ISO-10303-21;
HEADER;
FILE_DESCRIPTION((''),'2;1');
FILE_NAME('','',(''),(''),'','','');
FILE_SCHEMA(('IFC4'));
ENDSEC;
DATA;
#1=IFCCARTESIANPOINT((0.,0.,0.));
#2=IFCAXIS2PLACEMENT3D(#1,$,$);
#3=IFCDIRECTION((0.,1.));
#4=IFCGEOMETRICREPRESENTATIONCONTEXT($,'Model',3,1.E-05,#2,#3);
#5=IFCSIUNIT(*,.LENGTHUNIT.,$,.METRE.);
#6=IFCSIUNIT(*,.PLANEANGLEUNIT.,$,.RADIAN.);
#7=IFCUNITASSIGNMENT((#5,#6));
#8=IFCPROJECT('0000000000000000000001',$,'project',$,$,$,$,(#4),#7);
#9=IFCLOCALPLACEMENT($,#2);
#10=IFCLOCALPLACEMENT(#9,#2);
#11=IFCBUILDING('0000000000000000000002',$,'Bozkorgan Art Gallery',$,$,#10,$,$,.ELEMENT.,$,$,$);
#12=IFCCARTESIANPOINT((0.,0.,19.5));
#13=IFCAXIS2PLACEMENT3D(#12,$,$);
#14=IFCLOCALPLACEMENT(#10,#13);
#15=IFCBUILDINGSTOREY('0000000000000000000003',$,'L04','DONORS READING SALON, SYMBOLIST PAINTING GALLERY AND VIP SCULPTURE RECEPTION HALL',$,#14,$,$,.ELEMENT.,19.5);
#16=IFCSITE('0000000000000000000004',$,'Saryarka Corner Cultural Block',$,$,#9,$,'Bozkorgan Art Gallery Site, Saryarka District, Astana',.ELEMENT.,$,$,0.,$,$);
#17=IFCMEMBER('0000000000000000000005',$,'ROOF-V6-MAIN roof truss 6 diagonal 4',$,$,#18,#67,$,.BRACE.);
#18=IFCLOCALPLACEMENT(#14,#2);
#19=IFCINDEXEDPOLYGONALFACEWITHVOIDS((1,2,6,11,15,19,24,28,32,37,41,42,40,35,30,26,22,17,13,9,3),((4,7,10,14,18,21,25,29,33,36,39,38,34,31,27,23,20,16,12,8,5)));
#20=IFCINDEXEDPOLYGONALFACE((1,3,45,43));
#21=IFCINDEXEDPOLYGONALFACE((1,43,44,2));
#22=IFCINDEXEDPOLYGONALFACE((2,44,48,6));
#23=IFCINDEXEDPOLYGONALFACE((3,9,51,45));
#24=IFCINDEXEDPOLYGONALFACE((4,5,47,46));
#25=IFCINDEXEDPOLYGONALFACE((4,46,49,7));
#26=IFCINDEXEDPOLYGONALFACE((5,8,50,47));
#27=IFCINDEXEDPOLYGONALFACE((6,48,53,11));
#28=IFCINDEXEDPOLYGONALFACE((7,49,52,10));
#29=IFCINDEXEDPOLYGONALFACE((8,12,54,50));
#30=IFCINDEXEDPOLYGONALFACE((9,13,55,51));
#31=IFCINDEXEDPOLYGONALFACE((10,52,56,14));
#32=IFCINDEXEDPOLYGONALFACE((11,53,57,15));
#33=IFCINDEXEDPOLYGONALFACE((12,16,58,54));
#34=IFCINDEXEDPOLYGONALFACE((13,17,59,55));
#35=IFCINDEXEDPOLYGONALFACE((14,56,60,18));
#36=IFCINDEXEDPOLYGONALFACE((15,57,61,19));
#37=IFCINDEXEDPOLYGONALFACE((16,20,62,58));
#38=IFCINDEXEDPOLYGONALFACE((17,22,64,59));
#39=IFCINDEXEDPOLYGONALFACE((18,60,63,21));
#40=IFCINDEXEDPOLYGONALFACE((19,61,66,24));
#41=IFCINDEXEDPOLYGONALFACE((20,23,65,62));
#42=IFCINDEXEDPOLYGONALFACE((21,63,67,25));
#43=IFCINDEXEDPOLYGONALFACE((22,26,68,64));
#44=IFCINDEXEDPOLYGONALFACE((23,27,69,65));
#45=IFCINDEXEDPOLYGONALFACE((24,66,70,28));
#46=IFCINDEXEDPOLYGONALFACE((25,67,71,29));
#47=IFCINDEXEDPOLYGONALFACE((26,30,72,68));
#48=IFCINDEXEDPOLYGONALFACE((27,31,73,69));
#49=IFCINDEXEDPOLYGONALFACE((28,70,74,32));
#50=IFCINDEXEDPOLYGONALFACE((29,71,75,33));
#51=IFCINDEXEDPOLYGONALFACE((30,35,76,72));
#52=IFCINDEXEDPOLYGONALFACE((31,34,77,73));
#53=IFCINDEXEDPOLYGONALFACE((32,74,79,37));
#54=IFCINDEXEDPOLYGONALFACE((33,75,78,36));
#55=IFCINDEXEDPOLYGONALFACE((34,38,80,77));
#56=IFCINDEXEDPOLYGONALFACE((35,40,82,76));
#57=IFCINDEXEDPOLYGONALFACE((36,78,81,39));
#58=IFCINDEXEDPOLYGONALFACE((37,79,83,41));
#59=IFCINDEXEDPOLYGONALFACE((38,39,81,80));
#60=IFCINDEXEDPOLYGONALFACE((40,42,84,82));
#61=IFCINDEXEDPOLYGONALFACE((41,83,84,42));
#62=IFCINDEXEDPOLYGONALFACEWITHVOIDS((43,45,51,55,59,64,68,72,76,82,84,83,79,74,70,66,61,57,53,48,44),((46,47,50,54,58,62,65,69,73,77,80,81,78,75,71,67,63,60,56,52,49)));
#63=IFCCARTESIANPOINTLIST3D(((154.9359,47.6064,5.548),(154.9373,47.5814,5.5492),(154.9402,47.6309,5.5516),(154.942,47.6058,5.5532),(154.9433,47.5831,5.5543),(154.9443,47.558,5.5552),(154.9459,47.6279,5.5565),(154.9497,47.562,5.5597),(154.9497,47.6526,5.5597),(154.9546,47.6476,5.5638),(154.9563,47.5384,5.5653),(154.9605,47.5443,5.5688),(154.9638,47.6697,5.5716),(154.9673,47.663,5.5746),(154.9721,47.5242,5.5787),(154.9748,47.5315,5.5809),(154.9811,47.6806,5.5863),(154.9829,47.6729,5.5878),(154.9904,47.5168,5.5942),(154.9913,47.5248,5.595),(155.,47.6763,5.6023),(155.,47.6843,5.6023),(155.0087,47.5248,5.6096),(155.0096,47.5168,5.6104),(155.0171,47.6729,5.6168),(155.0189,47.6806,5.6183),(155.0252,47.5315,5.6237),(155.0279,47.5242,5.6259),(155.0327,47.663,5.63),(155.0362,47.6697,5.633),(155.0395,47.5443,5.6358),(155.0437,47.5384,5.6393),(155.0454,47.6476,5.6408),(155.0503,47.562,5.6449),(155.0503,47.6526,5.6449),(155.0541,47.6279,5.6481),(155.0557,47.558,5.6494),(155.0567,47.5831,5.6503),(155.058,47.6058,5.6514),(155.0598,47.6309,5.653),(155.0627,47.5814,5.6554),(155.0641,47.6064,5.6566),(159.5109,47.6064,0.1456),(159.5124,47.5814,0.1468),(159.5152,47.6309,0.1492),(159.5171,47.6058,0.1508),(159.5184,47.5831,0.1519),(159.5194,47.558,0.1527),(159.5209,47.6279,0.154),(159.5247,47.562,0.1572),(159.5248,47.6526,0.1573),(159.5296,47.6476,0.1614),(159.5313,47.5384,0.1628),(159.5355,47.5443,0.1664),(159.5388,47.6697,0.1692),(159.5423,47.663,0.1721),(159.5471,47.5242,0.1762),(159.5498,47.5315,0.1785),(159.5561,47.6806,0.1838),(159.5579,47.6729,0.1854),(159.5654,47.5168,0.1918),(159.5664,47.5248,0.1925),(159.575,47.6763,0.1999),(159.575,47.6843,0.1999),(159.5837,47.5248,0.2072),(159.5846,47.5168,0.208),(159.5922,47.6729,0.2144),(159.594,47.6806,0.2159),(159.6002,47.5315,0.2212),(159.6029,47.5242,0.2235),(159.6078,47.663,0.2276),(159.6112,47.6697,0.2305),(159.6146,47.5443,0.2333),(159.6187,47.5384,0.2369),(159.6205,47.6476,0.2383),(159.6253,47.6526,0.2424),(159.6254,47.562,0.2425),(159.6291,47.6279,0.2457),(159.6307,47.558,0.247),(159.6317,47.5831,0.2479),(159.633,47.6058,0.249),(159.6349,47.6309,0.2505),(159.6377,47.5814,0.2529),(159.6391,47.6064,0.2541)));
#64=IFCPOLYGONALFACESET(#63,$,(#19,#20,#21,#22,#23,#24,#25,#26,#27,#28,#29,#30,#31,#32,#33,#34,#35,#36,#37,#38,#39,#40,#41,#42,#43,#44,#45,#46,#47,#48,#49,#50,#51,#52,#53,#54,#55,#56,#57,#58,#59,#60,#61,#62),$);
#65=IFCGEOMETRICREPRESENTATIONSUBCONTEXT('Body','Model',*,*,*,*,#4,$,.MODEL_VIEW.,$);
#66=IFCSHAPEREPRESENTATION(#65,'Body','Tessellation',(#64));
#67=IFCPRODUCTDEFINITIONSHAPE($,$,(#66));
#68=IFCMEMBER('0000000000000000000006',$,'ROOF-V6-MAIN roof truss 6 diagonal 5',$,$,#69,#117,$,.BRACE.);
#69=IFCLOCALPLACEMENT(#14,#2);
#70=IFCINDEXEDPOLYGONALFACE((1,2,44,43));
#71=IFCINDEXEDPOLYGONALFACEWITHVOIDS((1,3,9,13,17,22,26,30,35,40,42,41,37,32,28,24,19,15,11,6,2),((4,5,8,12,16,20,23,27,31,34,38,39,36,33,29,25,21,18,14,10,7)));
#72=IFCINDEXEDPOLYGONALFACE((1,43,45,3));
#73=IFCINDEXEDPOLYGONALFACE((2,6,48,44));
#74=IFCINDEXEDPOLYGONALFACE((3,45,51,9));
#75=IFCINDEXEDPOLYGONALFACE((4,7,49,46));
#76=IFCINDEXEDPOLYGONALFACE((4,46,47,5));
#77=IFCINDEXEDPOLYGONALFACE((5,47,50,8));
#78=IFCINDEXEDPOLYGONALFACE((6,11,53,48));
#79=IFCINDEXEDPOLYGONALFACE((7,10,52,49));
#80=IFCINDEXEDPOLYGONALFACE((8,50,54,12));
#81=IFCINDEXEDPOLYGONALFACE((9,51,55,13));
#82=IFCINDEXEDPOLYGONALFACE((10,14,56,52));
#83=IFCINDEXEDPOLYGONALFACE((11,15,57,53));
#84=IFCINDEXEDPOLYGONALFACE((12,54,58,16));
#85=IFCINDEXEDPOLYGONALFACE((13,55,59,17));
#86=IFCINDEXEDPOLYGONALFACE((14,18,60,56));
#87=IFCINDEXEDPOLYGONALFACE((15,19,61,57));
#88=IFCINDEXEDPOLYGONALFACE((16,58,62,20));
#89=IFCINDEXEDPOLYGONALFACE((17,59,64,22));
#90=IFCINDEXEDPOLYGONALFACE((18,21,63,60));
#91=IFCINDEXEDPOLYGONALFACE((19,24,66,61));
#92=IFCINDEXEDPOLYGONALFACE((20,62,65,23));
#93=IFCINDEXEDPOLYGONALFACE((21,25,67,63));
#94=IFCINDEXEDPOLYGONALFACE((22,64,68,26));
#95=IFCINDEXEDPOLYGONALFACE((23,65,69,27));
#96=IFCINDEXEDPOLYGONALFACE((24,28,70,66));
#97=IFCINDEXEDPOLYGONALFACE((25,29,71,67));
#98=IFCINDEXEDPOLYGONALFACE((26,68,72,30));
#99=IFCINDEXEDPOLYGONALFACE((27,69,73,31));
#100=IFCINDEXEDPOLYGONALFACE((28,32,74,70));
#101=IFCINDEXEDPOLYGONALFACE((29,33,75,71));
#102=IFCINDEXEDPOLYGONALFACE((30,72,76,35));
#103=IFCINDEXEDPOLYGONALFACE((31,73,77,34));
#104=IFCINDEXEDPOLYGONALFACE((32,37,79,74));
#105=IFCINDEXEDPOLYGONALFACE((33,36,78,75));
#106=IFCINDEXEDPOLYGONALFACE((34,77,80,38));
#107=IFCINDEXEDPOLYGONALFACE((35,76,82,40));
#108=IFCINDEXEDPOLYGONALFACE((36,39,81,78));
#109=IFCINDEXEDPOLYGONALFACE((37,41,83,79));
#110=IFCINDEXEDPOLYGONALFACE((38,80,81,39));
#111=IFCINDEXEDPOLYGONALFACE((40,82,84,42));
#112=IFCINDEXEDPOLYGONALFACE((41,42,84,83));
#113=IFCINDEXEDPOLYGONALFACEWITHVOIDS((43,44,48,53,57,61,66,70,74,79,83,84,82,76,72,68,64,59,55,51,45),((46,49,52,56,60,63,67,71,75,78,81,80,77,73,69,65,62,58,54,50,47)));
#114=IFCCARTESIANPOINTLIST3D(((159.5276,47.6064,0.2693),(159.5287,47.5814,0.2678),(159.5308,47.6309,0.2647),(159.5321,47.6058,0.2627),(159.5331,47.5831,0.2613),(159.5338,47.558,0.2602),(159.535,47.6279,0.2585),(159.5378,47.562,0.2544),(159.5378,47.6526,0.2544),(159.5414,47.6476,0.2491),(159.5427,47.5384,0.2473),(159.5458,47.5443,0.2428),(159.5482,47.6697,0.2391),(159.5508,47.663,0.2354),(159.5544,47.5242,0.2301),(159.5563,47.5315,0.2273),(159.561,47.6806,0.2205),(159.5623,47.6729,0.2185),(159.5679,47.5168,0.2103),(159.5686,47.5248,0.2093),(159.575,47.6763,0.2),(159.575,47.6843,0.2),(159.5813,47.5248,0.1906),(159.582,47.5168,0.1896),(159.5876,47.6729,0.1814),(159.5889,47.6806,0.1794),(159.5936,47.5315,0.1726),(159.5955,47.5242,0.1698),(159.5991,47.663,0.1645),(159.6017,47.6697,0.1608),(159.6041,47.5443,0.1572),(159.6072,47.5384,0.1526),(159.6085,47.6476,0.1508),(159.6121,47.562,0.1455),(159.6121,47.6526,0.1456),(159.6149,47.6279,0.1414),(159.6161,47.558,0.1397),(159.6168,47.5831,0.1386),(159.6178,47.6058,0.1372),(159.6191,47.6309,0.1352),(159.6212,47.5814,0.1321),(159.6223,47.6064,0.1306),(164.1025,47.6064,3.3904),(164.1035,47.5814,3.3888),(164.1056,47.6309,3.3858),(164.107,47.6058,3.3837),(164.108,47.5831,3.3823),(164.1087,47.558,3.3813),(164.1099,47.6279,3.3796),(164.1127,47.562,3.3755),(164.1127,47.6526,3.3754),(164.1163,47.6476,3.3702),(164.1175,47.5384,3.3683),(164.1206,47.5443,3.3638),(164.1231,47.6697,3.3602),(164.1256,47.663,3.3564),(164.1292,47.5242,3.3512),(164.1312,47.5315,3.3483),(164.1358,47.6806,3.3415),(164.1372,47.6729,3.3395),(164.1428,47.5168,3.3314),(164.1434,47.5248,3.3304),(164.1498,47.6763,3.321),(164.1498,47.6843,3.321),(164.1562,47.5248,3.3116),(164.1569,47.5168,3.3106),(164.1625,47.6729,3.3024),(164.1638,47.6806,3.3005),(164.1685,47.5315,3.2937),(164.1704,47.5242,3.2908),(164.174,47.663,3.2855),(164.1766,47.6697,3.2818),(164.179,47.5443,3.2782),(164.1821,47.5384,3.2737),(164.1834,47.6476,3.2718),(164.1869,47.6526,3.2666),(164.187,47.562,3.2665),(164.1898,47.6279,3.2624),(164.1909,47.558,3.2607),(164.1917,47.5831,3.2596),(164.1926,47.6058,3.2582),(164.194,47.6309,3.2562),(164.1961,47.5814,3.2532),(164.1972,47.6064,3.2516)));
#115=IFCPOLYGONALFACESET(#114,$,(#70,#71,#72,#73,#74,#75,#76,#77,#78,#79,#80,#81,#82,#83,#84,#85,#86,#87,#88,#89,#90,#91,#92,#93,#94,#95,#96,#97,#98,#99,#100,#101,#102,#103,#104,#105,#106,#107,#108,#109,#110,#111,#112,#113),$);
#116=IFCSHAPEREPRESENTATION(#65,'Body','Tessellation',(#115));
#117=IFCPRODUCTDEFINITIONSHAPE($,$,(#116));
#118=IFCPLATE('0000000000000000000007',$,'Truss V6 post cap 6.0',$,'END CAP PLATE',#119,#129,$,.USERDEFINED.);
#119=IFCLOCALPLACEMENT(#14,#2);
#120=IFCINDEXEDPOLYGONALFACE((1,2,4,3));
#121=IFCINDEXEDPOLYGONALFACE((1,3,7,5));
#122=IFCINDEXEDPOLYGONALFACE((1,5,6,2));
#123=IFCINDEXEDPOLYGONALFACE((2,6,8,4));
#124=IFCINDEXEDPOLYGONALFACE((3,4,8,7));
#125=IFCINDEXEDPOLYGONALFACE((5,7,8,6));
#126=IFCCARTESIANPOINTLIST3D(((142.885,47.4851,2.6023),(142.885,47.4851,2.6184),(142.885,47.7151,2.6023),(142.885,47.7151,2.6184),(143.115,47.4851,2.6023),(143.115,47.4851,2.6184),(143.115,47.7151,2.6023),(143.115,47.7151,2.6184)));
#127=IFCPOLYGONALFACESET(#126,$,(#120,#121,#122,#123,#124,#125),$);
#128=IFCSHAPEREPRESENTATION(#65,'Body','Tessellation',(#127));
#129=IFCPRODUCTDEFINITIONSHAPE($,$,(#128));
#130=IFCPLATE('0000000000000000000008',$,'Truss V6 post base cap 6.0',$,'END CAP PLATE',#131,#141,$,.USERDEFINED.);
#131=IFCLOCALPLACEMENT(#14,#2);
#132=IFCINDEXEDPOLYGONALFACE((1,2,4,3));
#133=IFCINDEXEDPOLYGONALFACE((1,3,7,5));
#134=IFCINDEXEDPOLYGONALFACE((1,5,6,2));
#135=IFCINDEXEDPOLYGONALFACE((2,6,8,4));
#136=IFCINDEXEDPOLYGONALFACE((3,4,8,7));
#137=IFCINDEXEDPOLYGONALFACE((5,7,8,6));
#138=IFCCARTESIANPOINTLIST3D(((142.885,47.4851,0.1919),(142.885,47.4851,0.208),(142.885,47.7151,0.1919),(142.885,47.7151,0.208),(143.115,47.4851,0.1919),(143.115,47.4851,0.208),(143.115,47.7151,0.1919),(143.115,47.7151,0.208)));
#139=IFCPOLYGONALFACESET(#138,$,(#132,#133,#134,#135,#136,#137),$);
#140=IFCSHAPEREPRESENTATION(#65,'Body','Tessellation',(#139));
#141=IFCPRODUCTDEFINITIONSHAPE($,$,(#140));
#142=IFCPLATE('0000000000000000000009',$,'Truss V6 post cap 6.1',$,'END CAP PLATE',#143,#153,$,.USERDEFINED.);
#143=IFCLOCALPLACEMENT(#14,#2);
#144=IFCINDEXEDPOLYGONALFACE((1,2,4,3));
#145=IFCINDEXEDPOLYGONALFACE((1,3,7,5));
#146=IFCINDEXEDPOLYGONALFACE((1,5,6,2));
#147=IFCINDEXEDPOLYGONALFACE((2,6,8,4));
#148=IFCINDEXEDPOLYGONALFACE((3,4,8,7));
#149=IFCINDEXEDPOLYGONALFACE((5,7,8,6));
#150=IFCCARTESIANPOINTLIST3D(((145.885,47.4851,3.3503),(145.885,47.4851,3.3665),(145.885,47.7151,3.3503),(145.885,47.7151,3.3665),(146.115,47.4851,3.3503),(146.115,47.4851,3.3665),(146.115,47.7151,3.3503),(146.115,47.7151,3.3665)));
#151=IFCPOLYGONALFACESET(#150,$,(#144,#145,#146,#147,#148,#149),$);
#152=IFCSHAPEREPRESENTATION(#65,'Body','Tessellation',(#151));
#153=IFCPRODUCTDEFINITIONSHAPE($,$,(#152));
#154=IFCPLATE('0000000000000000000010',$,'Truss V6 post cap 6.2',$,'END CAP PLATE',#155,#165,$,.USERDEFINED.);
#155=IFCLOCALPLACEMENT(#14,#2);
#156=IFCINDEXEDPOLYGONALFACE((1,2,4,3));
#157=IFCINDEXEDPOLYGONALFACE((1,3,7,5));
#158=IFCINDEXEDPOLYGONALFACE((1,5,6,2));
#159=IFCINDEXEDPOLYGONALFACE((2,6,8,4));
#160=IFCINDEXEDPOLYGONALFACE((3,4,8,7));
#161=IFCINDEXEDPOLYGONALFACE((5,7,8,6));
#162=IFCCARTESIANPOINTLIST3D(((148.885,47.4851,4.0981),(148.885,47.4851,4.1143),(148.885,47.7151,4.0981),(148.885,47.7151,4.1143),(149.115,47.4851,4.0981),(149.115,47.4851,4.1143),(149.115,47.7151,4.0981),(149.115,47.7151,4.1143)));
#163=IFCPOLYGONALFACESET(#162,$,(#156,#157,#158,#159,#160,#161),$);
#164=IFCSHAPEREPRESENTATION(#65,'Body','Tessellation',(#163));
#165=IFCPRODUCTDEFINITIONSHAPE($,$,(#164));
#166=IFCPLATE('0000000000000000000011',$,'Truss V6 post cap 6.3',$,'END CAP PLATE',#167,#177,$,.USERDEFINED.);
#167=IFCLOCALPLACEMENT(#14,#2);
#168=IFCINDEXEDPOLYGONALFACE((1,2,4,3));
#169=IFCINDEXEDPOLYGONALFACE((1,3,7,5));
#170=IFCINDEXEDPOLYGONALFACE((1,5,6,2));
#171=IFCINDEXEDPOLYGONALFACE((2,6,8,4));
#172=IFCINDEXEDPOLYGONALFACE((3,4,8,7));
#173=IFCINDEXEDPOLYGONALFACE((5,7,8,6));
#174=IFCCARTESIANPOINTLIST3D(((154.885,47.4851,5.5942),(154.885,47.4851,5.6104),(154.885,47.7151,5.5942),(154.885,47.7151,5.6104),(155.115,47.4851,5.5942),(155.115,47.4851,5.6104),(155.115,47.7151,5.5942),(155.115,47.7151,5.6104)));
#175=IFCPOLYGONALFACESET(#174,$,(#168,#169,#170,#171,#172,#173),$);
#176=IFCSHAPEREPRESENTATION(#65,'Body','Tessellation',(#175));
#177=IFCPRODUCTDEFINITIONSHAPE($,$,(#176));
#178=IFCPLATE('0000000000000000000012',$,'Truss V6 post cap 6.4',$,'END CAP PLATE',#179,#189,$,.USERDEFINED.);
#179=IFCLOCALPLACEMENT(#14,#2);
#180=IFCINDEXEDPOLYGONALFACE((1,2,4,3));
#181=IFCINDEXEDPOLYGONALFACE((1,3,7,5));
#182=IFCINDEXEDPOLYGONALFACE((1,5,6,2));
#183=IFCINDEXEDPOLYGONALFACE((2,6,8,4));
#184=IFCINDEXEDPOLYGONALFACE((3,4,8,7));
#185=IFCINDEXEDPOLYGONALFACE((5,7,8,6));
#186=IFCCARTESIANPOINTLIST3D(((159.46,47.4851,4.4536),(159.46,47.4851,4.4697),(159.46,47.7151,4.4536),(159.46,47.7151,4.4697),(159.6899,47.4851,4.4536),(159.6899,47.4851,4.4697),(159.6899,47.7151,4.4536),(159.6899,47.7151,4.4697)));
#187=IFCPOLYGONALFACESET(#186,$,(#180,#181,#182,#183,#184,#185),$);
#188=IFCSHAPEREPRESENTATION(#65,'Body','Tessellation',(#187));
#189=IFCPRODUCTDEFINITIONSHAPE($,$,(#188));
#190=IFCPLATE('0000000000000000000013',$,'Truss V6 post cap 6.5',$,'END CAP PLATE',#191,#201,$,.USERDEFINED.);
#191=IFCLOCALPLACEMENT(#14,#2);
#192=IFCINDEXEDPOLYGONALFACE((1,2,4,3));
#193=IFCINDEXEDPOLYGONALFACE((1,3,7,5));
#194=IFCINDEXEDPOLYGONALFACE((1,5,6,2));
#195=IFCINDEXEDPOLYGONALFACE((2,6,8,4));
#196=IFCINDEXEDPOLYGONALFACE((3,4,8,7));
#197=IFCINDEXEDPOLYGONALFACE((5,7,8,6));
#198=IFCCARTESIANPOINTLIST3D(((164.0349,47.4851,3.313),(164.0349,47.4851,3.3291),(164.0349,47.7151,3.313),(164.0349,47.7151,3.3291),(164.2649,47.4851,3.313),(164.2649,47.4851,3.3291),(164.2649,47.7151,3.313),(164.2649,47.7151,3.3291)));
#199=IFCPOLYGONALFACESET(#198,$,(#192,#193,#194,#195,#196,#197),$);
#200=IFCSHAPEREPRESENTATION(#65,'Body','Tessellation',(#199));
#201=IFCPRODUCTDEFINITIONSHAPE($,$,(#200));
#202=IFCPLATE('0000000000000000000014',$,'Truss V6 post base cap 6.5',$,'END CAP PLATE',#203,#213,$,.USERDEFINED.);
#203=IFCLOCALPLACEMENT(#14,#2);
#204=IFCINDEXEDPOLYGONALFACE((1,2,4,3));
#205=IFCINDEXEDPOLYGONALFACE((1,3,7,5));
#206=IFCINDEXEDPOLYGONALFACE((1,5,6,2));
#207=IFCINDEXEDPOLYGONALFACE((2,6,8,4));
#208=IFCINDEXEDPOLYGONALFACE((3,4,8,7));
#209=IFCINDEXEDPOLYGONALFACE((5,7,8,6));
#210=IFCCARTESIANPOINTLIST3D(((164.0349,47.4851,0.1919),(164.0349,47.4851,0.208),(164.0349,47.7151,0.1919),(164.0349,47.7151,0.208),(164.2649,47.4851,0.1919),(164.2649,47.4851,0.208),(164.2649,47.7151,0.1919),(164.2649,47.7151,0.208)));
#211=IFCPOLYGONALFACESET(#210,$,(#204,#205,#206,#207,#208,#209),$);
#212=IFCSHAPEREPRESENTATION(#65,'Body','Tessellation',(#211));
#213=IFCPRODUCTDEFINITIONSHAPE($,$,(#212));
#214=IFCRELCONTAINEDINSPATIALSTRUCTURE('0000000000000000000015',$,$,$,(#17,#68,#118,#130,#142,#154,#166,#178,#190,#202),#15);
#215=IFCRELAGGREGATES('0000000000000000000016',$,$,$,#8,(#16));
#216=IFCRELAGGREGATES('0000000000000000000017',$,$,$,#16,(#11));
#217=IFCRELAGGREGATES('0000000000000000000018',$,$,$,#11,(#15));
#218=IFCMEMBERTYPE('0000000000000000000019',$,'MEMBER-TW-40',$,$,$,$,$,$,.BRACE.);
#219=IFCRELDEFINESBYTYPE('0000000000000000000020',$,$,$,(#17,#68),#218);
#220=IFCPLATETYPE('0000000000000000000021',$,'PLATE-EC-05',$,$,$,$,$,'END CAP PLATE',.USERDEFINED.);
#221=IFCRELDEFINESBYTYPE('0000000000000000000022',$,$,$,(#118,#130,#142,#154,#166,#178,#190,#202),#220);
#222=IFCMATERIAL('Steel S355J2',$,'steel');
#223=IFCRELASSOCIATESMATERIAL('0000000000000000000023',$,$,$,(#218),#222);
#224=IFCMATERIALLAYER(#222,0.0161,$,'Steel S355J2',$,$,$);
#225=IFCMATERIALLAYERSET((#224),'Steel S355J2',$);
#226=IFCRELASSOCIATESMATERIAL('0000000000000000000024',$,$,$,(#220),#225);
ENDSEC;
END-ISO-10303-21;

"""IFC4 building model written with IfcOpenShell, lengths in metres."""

from ifc_helpers import new_model, si_unit, direction, frame, origin, origin_2d, place, context, subcontext, project, spatial, rectangle, hollow_circle, extrude, material, layer, layer_set, material_profile, profile_set, type_object, element, save


model = new_model("IFC4")

# Units and contexts
model_context = context("Model", 3, precision=1e-05, world=origin(), true_north=direction((0.0, 1.0)))
body_context = subcontext(model_context, "Body", "Model", "MODEL_VIEW")
ifc_project = project(units=[si_unit("LENGTHUNIT", "METRE"), si_unit("PLANEANGLEUNIT", "RADIAN")], contexts=[model_context])

# Site, building, storey
site_placement = place(None, origin())
site = spatial("IfcSite", under=ifc_project, at=site_placement, Name="Saryarka Corner Cultural Block", LongName="Bozkorgan Art Gallery Site, Saryarka District, Astana", CompositionType="ELEMENT", RefElevation=0.0)
building_placement = place(site_placement, origin())
building = spatial("IfcBuilding", under=site, at=building_placement, Name="Bozkorgan Art Gallery", CompositionType="ELEMENT")
storey_placement = place(building_placement, frame((0.0, 0.0, 19.5)))
storey = spatial("IfcBuildingStorey", under=building, at=storey_placement, Name="L04", Description="DONORS READING SALON, SYMBOLIST PAINTING GALLERY AND VIP SCULPTURE RECEPTION HALL", CompositionType="ELEMENT", Elevation=19.5)

# Shared definitions
ifc_material = material(Name="Steel S355J2", Category="steel")

# Members
ifc_material_profile_1 = material_profile(ifc_material, hollow_circle(Radius=0.0842, WallThickness=0.0081, at=origin_2d()), Name="CHS 168.3x8")
ifc_profile_set_1 = profile_set([ifc_material_profile_1], Name="Steel S355J2")
member_type_1 = type_object("IfcMemberType", Name="MEMBER-TW-40", PredefinedType="BRACE", material=ifc_profile_set_1)
member_1_placement = place(storey_placement, frame((155.0, 47.6001, 5.6023), z_axis=(0.64625, 0.0, -0.763126), x_axis=(0.0, 1.0, 0.0)))
element("IfcMember", 1, at=member_1_placement, inside=storey, type_object=member_type_1, Name="ROOF-V6-MAIN roof truss 6 diagonal 4", PredefinedType="BRACE", context=body_context, shape_type="SweptSolid", body=[
    extrude(hollow_circle(Radius=0.0842, WallThickness=0.0081, at=origin_2d()), origin(), (0.0, 0.0, 1.0), 7.0793),
])
member_2_placement = place(storey_placement, frame((159.575, 47.6001, 0.2), z_axis=(0.826075, 0.0, 0.56356), x_axis=(0.0, 1.0, 0.0)))
element("IfcMember", 2, at=member_2_placement, inside=storey, type_object=member_type_1, Name="ROOF-V6-MAIN roof truss 6 diagonal 5", PredefinedType="BRACE", context=body_context, shape_type="SweptSolid", body=[
    extrude(hollow_circle(Radius=0.0842, WallThickness=0.0081, at=origin_2d()), origin(), (0.0, 0.0, 1.0), 5.5381),
])

# Plates
ifc_layer_1 = layer(ifc_material, 0.0161, Name="Steel S355J2")
ifc_layer_set_1 = layer_set([ifc_layer_1], Name="Steel S355J2")
plate_type_1 = type_object("IfcPlateType", Name="PLATE-EC-05", ElementType="END CAP PLATE", PredefinedType="USERDEFINED", material=ifc_layer_set_1)
for number, where, z_axis, x_axis, name in (
    (3, (143.0, 47.6001, 2.6023), (0.0, 0.0, 1.0), (1.0, 0.0, 0.0), "Truss V6 post cap 6.0"),
    (4, (143.0, 47.6001, 0.1919), (0.0, 0.0, 1.0), (1.0, 0.0, 0.0), "Truss V6 post base cap 6.0"),
    (5, (146.0, 47.6001, 3.3503), (0.0, 0.0, 1.0), (1.0, 0.0, 0.0), "Truss V6 post cap 6.1"),
    (6, (149.0, 47.6001, 4.0981), (0.0, 0.0, 1.0), (1.0, 0.0, 0.0), "Truss V6 post cap 6.2"),
    (7, (155.0, 47.6001, 5.5942), (0.0, 0.0, 1.0), (1.0, 0.0, 0.0), "Truss V6 post cap 6.3"),
    (8, (159.575, 47.6001, 4.4536), (0.0, 0.0, 1.0), (1.0, 0.0, 0.0), "Truss V6 post cap 6.4"),
    (9, (164.1499, 47.6001, 3.313), (0.0, 0.0, 1.0), (1.0, 0.0, 0.0), "Truss V6 post cap 6.5"),
    (10, (164.1499, 47.6001, 0.1919), (0.0, 0.0, 1.0), (1.0, 0.0, 0.0), "Truss V6 post base cap 6.5"),
):
    element("IfcPlate", number, at=place(storey_placement, frame(where, z_axis=z_axis, x_axis=x_axis)), inside=storey, type_object=plate_type_1, Name=name, ObjectType="END CAP PLATE", PredefinedType="USERDEFINED", context=body_context, shape_type="SweptSolid", body=[
        extrude(rectangle(XDim=0.23, YDim=0.23, at=origin_2d()), origin(), (0.0, 0.0, 1.0), 0.0161),
    ])

save(model, "model.ifc")
